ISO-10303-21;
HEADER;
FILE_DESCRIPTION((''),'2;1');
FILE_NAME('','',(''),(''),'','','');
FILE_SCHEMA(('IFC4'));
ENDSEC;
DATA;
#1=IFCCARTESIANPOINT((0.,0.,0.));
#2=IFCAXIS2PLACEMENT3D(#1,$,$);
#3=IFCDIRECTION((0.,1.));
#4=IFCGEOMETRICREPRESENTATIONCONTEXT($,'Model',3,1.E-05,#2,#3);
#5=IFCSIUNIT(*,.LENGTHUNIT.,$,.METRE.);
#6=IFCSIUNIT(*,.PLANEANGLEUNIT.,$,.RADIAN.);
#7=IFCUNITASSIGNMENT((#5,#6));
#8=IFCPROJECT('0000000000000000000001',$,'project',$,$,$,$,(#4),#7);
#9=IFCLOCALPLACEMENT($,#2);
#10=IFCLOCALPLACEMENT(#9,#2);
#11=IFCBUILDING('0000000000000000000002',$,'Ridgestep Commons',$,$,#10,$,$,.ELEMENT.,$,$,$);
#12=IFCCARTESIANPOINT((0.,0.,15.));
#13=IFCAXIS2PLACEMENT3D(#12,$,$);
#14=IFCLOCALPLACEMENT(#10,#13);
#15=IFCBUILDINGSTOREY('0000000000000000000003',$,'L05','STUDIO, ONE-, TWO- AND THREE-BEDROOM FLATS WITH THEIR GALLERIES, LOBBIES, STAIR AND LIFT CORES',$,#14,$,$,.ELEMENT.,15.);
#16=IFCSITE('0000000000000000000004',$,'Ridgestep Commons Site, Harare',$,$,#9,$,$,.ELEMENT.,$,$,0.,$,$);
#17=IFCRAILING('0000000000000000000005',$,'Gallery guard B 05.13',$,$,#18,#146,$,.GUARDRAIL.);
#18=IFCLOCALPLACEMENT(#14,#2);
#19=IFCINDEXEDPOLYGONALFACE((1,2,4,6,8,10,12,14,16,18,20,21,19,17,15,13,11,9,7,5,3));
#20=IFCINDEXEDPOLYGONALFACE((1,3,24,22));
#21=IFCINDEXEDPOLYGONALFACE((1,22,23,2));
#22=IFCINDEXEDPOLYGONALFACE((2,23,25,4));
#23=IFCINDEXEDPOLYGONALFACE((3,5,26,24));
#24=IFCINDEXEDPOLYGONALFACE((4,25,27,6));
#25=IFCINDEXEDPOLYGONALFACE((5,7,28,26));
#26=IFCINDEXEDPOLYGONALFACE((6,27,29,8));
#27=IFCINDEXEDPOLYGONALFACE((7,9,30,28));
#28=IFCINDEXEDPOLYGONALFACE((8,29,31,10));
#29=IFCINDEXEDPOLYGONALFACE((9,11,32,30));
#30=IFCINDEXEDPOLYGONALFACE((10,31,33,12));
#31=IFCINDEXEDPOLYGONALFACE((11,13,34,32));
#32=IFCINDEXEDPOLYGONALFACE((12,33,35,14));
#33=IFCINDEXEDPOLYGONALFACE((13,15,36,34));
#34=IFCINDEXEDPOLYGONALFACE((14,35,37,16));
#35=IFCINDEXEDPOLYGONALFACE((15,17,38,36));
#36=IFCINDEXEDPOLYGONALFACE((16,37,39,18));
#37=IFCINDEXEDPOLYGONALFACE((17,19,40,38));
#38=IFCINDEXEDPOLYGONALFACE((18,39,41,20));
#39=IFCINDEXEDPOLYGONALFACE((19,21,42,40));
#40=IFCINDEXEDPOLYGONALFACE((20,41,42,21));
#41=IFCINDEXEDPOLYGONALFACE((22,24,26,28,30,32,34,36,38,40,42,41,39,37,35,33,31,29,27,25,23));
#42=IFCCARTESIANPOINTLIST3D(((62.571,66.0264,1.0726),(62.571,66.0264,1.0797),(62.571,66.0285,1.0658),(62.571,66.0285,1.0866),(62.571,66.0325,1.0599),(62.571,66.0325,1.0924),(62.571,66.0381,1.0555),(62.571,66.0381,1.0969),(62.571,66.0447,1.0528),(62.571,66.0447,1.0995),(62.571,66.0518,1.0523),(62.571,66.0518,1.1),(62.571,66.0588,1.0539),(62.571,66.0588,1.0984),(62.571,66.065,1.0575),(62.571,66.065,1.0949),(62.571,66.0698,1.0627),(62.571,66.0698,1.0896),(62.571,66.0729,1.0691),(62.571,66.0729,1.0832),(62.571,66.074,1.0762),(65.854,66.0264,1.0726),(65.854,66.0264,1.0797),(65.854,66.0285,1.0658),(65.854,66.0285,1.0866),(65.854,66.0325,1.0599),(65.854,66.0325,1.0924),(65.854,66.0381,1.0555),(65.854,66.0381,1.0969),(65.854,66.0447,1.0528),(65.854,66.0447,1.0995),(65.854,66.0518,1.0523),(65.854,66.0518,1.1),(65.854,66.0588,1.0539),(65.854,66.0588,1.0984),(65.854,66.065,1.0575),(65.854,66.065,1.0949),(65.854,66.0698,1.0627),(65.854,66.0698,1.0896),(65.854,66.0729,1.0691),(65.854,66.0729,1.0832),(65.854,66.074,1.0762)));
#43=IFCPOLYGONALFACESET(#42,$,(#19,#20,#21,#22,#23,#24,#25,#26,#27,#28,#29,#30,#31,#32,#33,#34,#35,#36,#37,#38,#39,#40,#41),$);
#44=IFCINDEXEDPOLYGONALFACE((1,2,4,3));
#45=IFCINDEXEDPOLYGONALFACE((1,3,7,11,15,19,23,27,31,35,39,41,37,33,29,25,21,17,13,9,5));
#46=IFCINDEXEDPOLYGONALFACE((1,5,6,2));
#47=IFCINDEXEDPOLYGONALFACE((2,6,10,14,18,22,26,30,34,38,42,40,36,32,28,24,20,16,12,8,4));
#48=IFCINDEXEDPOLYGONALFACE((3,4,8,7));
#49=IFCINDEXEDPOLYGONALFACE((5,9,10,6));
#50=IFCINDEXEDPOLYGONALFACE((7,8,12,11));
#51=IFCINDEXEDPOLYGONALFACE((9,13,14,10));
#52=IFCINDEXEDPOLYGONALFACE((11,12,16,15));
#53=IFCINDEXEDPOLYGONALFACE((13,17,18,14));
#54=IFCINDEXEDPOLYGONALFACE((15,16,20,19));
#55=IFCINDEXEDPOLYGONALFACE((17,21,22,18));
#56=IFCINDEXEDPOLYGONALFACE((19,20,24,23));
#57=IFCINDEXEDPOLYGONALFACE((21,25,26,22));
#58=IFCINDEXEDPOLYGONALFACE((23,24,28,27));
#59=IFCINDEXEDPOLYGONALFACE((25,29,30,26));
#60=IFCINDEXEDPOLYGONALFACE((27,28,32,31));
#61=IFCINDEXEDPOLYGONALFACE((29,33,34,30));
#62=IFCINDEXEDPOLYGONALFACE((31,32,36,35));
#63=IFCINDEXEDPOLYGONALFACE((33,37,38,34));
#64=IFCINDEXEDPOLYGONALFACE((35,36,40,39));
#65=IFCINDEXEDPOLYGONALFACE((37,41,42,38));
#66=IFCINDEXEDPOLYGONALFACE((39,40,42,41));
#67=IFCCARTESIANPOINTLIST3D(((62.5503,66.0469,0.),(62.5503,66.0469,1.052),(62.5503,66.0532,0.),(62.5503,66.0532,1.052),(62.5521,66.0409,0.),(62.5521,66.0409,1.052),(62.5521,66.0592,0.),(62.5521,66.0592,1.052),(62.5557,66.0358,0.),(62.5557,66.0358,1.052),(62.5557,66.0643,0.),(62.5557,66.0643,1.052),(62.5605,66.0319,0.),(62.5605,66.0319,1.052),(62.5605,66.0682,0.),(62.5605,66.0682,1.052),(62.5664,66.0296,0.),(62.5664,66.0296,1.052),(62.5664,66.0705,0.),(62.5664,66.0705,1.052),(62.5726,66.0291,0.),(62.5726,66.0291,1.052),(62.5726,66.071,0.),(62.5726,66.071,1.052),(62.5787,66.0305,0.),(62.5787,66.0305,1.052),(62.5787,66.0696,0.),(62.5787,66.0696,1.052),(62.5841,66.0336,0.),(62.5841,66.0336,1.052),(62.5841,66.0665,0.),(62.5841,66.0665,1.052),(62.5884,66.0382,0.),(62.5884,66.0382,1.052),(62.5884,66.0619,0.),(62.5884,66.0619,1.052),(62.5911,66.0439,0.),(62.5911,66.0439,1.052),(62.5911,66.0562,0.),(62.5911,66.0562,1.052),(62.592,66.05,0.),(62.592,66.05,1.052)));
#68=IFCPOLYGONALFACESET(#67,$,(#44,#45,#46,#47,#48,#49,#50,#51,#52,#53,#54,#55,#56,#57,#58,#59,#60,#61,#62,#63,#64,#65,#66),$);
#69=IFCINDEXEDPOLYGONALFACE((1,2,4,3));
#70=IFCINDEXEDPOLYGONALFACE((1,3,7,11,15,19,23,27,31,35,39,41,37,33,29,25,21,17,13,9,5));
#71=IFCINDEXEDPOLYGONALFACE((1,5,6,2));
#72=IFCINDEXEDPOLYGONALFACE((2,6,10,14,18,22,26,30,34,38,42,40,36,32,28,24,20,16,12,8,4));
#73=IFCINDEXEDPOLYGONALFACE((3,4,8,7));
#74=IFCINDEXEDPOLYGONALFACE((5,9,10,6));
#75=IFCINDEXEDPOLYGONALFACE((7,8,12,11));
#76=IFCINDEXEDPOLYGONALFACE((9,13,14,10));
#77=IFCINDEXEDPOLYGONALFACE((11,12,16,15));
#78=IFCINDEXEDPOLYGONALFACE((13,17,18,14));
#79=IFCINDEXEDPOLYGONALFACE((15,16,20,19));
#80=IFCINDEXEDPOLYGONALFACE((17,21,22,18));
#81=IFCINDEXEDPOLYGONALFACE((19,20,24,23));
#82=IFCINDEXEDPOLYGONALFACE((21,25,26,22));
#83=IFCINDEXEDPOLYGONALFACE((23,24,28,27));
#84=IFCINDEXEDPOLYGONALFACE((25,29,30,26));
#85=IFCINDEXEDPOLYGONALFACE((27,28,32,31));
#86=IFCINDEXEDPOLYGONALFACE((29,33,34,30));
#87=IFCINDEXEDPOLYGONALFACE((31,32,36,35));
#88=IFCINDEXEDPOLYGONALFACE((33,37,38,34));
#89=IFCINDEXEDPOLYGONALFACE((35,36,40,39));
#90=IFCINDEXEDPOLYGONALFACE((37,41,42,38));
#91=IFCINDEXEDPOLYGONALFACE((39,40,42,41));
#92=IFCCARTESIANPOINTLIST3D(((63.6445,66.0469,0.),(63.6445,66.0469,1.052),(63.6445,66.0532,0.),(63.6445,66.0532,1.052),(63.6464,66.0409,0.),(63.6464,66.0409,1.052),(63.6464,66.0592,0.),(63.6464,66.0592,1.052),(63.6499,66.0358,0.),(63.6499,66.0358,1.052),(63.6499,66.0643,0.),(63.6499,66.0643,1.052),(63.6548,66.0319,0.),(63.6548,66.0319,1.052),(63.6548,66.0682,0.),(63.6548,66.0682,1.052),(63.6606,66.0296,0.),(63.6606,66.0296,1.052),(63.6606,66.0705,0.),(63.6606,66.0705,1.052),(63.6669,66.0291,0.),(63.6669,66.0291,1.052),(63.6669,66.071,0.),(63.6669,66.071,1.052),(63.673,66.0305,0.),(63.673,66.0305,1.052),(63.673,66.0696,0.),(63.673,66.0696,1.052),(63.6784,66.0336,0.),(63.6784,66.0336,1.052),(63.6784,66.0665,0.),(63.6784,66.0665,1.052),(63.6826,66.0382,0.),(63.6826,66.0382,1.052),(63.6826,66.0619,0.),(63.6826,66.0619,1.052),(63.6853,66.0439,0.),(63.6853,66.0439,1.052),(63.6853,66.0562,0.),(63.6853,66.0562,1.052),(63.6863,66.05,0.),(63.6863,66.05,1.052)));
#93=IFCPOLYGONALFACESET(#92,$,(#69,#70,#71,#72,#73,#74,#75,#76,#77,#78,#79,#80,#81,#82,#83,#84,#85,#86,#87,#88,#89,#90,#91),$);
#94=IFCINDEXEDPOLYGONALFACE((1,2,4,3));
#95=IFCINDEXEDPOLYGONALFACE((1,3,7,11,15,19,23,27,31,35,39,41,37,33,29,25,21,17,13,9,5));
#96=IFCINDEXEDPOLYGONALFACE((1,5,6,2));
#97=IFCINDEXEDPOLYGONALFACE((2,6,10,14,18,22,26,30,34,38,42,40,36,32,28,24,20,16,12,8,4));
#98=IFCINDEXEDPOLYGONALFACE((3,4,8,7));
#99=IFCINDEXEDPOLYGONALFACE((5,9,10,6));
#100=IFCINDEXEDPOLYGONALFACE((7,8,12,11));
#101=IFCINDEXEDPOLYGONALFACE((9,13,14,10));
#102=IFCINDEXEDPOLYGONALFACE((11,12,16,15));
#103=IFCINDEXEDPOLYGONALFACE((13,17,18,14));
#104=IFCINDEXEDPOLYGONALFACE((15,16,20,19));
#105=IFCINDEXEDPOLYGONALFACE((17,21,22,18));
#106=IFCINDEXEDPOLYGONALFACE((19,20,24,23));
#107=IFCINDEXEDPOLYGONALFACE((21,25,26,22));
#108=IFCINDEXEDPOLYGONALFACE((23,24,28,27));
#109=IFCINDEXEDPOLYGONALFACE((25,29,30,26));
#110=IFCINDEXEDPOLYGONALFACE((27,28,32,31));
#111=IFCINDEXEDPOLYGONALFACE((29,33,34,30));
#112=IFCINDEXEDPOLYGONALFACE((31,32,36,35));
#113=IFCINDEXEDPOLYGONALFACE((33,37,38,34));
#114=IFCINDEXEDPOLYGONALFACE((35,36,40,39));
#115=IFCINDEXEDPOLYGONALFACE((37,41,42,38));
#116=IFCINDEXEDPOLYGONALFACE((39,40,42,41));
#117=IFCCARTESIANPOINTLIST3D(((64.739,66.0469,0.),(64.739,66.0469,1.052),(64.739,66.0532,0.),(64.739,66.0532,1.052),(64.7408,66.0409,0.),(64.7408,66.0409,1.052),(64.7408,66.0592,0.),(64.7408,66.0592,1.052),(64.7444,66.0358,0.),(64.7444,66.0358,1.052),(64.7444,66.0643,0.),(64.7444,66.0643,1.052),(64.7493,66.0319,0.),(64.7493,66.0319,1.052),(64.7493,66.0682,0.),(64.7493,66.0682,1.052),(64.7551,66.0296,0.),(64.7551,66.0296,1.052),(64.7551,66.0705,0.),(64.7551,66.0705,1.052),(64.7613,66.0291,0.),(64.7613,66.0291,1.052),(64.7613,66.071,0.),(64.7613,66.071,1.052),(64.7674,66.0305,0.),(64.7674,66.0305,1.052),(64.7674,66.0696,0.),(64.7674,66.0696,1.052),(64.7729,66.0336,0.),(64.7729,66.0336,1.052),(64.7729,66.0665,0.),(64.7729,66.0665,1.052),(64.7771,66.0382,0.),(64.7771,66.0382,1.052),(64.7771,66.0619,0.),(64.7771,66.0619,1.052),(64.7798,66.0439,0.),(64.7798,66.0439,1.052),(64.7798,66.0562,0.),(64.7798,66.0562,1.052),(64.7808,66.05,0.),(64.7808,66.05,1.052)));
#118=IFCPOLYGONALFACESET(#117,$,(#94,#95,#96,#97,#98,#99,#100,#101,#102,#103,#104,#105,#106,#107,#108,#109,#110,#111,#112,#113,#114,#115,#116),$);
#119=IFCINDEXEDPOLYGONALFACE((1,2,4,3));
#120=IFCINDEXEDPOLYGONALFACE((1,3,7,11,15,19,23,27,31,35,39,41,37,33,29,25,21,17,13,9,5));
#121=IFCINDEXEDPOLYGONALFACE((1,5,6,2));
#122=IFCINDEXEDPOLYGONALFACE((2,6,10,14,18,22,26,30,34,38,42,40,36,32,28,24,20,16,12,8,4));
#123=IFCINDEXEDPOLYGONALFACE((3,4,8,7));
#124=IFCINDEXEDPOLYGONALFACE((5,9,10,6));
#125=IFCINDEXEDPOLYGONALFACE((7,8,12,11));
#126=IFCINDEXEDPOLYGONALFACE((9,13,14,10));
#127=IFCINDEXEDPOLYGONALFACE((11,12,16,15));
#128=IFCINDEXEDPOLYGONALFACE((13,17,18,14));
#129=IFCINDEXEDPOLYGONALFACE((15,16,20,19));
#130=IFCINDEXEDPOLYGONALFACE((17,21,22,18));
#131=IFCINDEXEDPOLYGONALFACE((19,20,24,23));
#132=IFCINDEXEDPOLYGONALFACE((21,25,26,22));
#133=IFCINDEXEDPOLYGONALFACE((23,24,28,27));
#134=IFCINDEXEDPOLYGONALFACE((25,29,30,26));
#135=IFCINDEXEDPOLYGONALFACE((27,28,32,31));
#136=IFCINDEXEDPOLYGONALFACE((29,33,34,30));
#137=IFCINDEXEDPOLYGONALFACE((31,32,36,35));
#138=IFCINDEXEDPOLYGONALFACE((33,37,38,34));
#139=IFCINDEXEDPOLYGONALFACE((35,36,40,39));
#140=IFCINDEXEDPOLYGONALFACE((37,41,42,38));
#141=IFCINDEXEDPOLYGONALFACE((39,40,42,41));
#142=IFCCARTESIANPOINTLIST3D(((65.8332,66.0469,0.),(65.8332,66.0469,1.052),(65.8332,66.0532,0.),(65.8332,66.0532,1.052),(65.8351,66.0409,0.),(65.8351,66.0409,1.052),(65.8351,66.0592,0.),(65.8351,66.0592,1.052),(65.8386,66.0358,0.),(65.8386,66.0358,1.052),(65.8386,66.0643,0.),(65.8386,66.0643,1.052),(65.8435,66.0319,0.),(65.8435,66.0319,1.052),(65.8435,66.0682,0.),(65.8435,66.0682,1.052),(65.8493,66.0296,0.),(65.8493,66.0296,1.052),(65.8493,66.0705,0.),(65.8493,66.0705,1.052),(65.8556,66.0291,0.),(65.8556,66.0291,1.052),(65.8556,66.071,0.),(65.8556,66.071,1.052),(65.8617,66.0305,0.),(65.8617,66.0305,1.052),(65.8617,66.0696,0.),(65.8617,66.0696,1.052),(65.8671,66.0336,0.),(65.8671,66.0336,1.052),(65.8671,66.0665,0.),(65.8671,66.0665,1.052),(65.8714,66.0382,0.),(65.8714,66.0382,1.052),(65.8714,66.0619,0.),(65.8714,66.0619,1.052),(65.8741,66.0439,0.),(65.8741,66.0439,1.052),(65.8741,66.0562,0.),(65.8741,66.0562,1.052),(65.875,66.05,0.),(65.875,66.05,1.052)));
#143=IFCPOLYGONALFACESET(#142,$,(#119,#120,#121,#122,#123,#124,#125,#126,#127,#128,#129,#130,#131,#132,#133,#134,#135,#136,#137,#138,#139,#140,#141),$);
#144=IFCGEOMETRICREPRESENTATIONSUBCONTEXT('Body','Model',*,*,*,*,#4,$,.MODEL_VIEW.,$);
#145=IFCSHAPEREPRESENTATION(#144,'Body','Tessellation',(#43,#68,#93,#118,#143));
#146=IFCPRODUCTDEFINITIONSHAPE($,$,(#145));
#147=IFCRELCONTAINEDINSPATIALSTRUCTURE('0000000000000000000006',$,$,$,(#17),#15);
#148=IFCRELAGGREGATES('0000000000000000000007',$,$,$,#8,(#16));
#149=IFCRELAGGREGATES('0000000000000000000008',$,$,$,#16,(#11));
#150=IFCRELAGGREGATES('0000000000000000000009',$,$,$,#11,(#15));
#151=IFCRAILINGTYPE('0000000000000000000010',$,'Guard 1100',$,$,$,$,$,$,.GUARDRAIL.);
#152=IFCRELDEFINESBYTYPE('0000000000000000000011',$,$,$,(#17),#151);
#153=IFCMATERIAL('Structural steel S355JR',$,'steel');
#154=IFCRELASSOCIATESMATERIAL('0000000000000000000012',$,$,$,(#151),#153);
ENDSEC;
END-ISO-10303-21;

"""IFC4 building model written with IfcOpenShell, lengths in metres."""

from ifc_helpers import new_model, si_unit, direction, frame, origin, origin_2d, place, context, subcontext, project, spatial, circle, extrude, material, type_object, element, save


model = new_model("IFC4")

# Units and contexts
model_context = context("Model", 3, precision=1e-05, world=origin(), true_north=direction((0.0, 1.0)))
body_context = subcontext(model_context, "Body", "Model", "MODEL_VIEW")
ifc_project = project(units=[si_unit("LENGTHUNIT", "METRE"), si_unit("PLANEANGLEUNIT", "RADIAN")], contexts=[model_context])

# Site, building, storey
site_placement = place(None, origin())
site = spatial("IfcSite", under=ifc_project, at=site_placement, Name="Ridgestep Commons Site, Harare", CompositionType="ELEMENT", RefElevation=0.0)
building_placement = place(site_placement, origin())
building = spatial("IfcBuilding", under=site, at=building_placement, Name="Ridgestep Commons", CompositionType="ELEMENT")
storey_placement = place(building_placement, frame((0.0, 0.0, 15.0)))
storey = spatial("IfcBuildingStorey", under=building, at=storey_placement, Name="L05", Description="STUDIO, ONE-, TWO- AND THREE-BEDROOM FLATS WITH THEIR GALLERIES, LOBBIES, STAIR AND LIFT CORES", CompositionType="ELEMENT", Elevation=15.0)

# Railing
ifc_material_1 = material(Name="Structural steel S355JR", Category="steel")
railing_type = type_object("IfcRailingType", Name="Guard 1100", PredefinedType="GUARDRAIL", material=ifc_material_1)
for number, where, name in (
    (1, (62.571, 66.05, 0.0), "Gallery guard B 05.13"),
):
    element("IfcRailing", number, at=place(storey_placement, frame(where)), inside=storey, type_object=railing_type, Name=name, PredefinedType="GUARDRAIL", context=body_context, shape_type="SweptSolid", body=[
        extrude(circle(Radius=0.0239, at=origin_2d()), frame((0.0, 0.0, 1.0762), z_axis=(1.0, 0.0, 0.0), x_axis=(0.0, 1.0, 0.0)), (0.0, 0.0, 1.0), 3.283),
        extrude(circle(Radius=0.021, at=origin_2d()), origin(), (0.0, 0.0, 1.0), 1.052),
        extrude(circle(Radius=0.021, at=origin_2d()), frame((1.0942, 0.0, 0.0)), (0.0, 0.0, 1.0), 1.052),
        extrude(circle(Radius=0.021, at=origin_2d()), frame((2.1887, 0.0, 0.0)), (0.0, 0.0, 1.0), 1.052),
        extrude(circle(Radius=0.021, at=origin_2d()), frame((3.283, 0.0, 0.0)), (0.0, 0.0, 1.0), 1.052),
    ])

save(model, "model.ifc")
